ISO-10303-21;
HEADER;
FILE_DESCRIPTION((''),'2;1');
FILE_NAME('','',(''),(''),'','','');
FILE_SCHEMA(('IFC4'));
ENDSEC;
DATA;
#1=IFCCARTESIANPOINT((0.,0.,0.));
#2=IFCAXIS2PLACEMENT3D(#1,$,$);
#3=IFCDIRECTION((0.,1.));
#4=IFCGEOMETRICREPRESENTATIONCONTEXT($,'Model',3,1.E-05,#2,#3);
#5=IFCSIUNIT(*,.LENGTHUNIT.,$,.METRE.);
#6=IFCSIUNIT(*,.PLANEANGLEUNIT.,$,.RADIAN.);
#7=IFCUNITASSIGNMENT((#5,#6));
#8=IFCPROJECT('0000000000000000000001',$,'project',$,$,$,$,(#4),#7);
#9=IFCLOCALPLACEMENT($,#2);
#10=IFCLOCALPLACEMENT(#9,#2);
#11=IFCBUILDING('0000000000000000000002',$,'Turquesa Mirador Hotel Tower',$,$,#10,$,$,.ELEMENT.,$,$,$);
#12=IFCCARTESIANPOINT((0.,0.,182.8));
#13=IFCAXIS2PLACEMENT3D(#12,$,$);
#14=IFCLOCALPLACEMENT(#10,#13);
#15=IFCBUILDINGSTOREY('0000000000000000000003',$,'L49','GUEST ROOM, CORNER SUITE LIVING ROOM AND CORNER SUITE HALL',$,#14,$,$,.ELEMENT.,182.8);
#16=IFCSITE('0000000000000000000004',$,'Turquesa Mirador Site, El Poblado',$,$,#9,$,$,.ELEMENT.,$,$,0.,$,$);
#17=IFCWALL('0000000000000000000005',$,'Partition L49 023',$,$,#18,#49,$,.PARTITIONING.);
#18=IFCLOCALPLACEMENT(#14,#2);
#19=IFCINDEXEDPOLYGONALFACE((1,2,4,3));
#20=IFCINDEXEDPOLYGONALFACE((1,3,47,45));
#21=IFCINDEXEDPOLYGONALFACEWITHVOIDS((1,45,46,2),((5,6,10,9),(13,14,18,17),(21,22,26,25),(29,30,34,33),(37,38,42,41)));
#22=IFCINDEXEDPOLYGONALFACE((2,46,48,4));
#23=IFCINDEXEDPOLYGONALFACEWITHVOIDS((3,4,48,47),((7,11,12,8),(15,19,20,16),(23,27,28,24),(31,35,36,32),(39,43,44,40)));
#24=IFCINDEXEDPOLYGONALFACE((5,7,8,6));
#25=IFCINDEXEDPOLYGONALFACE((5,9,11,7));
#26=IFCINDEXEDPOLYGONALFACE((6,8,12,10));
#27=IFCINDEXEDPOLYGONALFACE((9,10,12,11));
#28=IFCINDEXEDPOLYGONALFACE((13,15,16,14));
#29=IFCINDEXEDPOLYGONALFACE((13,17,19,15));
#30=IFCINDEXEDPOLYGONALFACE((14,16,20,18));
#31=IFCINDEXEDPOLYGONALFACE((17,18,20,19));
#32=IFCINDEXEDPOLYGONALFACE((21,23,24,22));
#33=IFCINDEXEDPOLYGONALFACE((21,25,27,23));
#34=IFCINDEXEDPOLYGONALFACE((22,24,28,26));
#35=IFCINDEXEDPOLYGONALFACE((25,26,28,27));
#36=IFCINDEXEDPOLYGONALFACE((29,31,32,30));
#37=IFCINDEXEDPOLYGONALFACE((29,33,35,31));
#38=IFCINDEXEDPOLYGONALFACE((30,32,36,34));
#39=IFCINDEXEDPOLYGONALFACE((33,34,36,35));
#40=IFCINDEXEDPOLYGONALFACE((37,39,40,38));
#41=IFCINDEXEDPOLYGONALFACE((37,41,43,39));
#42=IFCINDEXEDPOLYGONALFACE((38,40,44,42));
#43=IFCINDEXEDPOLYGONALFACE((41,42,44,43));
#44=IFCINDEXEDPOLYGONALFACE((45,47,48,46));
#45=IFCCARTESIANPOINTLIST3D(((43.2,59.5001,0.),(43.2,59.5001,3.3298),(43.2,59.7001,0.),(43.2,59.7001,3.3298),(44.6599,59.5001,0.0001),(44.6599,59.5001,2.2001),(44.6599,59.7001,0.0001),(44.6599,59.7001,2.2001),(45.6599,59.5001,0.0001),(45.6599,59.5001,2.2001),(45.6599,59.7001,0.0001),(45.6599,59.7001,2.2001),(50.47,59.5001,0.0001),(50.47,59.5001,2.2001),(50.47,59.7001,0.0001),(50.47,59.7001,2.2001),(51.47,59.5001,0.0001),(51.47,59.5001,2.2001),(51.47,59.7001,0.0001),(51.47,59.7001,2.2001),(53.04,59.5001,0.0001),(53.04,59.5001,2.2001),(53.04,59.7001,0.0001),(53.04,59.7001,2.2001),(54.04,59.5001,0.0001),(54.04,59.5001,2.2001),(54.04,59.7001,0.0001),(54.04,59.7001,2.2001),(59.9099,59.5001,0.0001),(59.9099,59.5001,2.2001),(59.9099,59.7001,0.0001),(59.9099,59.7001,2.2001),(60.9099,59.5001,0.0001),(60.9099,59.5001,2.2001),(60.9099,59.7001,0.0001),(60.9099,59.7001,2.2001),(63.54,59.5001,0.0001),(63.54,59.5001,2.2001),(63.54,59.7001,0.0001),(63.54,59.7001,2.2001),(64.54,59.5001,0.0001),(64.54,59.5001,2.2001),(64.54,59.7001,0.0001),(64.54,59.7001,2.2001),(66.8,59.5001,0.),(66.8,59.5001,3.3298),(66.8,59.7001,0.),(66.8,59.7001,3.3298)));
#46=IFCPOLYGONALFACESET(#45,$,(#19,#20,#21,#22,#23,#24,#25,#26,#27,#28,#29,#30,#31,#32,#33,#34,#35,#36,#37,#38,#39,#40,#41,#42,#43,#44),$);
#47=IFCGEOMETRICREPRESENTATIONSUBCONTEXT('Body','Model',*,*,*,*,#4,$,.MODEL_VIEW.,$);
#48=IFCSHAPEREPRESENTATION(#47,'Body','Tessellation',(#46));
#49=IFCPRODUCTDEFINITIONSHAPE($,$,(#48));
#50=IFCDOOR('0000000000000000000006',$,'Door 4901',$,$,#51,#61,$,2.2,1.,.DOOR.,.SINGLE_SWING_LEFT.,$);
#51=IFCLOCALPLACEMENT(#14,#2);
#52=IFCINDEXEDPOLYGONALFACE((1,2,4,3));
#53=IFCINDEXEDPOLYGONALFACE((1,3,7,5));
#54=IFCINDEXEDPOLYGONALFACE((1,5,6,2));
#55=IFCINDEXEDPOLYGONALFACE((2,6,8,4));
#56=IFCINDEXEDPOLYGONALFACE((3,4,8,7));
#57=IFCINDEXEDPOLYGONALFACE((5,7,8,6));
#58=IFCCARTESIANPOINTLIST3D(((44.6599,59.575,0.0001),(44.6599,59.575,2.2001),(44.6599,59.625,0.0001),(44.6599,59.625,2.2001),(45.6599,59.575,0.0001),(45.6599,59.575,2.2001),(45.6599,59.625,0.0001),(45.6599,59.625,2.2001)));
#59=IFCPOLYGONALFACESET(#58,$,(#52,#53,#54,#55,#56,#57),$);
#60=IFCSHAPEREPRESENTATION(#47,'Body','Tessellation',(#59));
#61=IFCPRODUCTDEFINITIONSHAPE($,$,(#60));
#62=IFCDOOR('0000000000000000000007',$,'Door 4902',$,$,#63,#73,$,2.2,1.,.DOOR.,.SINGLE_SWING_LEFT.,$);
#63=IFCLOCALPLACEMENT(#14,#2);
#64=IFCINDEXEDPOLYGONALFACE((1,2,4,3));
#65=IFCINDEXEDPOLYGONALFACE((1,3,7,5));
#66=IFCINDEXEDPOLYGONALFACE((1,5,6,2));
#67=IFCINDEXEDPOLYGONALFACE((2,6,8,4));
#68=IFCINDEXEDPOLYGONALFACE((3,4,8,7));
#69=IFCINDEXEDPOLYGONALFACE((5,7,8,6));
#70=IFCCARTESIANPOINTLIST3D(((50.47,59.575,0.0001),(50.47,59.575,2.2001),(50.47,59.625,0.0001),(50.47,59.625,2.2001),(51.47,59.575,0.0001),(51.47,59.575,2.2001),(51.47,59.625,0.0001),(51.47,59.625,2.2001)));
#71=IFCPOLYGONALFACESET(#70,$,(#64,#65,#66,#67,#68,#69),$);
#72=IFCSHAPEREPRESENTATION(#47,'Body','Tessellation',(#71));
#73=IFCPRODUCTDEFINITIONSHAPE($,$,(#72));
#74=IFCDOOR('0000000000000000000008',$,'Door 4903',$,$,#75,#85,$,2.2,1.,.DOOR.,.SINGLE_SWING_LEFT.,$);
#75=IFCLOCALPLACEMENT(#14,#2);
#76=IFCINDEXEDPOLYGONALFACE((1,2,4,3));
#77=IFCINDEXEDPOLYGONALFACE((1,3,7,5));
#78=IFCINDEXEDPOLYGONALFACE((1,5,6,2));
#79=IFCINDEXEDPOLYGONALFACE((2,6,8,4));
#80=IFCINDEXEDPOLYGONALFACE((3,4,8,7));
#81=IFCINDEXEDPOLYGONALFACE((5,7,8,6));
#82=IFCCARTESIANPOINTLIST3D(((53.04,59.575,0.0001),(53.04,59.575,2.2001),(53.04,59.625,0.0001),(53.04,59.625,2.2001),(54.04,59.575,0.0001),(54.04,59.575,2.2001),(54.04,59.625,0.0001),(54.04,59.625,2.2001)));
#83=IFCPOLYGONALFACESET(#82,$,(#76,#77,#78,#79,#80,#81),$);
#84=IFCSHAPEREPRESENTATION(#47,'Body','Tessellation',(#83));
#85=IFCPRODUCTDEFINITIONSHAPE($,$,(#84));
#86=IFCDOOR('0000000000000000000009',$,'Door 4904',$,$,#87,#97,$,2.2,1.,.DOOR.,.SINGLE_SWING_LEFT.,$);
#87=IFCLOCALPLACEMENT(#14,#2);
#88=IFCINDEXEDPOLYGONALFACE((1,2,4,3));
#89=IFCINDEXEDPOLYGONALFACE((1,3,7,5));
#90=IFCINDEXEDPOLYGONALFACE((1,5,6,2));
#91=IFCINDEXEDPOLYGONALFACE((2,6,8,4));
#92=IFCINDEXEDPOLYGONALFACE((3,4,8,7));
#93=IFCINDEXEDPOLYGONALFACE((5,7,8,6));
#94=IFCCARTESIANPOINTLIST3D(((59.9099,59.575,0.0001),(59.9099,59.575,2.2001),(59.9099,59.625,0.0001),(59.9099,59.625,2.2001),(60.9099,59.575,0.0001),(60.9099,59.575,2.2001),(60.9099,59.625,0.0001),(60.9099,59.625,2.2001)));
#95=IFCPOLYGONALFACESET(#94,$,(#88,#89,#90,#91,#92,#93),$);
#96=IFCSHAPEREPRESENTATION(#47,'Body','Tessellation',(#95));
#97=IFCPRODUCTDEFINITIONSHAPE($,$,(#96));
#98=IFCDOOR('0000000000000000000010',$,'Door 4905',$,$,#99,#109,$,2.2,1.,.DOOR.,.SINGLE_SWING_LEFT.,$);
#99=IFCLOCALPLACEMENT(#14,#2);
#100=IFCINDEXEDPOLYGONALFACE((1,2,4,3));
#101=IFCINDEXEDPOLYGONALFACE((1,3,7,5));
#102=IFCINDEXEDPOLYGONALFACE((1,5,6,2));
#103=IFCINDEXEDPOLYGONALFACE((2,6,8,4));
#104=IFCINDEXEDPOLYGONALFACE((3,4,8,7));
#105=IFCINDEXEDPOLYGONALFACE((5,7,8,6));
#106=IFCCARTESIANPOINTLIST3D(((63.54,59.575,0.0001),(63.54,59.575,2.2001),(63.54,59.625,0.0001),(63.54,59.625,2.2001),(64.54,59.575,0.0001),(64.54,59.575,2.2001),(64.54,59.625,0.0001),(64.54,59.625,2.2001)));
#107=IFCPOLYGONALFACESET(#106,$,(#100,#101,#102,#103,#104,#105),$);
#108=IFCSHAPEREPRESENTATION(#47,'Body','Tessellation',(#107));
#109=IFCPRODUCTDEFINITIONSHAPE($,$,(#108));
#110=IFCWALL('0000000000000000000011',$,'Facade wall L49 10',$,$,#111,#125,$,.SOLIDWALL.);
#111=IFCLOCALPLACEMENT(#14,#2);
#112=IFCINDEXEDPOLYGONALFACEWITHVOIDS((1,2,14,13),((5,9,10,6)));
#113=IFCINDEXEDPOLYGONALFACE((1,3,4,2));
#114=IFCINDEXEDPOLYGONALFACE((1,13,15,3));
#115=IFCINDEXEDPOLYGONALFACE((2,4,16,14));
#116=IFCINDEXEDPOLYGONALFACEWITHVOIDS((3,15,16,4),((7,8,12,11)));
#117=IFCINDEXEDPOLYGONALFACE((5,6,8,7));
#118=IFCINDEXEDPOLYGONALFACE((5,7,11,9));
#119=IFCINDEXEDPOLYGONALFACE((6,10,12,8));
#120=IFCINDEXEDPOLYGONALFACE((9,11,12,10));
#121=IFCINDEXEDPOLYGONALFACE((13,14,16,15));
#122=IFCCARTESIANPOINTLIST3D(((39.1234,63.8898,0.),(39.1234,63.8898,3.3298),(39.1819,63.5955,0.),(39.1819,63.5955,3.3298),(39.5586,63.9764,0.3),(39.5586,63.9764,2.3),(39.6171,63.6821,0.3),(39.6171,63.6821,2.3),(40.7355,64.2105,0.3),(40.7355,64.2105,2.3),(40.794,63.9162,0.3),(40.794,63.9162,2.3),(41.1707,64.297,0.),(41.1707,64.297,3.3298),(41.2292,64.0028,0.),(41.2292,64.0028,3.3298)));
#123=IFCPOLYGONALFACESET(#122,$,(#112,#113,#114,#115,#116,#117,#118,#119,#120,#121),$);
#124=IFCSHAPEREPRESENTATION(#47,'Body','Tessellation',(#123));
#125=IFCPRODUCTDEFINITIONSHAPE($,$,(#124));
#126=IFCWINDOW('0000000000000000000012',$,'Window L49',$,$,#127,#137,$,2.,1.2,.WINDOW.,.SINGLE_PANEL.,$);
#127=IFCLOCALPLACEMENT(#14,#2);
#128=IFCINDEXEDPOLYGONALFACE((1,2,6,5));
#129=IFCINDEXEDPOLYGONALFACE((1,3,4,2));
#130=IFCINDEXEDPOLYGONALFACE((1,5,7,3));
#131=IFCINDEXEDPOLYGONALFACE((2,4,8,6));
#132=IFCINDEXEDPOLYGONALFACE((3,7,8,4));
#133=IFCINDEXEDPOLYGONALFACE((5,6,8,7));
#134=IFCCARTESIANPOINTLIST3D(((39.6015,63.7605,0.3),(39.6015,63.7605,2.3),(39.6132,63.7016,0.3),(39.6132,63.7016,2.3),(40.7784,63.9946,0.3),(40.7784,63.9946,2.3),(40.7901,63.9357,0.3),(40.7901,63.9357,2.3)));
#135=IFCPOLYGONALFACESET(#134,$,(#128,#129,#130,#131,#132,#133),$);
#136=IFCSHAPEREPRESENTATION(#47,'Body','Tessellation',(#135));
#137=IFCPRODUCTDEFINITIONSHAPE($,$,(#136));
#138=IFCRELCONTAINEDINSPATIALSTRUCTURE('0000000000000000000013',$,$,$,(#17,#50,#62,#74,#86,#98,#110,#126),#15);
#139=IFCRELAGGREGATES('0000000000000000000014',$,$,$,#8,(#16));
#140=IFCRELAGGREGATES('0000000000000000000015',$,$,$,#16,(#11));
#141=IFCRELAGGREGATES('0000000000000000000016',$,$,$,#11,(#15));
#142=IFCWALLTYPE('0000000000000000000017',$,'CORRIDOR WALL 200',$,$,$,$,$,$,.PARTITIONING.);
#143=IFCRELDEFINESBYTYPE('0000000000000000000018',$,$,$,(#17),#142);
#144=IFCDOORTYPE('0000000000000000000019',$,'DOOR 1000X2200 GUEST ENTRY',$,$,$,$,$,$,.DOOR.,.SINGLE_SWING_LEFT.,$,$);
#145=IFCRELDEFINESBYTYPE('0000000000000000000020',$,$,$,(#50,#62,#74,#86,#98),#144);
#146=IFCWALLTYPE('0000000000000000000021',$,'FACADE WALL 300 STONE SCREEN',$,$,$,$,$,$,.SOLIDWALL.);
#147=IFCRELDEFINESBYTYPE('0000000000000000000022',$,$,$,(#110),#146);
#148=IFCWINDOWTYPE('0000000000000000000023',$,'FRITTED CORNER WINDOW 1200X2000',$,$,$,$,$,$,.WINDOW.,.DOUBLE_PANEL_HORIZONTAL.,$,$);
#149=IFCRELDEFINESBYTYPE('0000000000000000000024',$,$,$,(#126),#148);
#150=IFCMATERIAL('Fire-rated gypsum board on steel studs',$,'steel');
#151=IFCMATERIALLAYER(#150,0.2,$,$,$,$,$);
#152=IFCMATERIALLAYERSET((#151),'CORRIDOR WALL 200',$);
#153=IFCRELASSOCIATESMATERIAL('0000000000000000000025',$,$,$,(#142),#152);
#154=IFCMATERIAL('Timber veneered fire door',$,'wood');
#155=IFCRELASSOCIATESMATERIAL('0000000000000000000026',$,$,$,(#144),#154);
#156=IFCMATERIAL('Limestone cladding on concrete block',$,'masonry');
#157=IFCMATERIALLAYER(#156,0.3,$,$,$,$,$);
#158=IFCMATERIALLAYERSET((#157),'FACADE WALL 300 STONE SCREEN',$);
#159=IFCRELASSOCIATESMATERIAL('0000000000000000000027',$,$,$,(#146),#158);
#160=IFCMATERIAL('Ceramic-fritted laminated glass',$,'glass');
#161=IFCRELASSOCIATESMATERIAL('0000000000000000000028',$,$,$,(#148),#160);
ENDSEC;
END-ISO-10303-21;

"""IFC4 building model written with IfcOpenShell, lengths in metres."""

from ifc_helpers import new_model, si_unit, direction, frame, frame_2d, origin, place, context, subcontext, project, spatial, rectangle, extrude, material, layer, layer_set, type_object, element, fill, save


model = new_model("IFC4")

# Units and contexts
model_context = context("Model", 3, precision=1e-05, world=origin(), true_north=direction((0.0, 1.0)))
body_context = subcontext(model_context, "Body", "Model", "MODEL_VIEW")
ifc_project = project(units=[si_unit("LENGTHUNIT", "METRE"), si_unit("PLANEANGLEUNIT", "RADIAN")], contexts=[model_context])

# Site, building, storey
site_placement = place(None, origin())
site = spatial("IfcSite", under=ifc_project, at=site_placement, Name="Turquesa Mirador Site, El Poblado", CompositionType="ELEMENT", RefElevation=0.0)
building_placement = place(site_placement, origin())
building = spatial("IfcBuilding", under=site, at=building_placement, Name="Turquesa Mirador Hotel Tower", CompositionType="ELEMENT")
storey_placement = place(building_placement, frame((0.0, 0.0, 182.8)))
storey = spatial("IfcBuildingStorey", under=building, at=storey_placement, Name="L49", Description="GUEST ROOM, CORNER SUITE LIVING ROOM AND CORNER SUITE HALL", CompositionType="ELEMENT", Elevation=182.8)

# Wall, openings, doors
ifc_material_1 = material(Name="Fire-rated gypsum board on steel studs", Category="steel")
ifc_layer_1 = layer(ifc_material_1, 0.2)
ifc_layer_set_1 = layer_set([ifc_layer_1], Name="CORRIDOR WALL 200")
wall_type_1 = type_object("IfcWallType", Name="CORRIDOR WALL 200", PredefinedType="PARTITIONING", material=ifc_layer_set_1)
wall_1_placement = place(storey_placement, frame((43.2, 59.6001, 0.0), z_axis=(0.0, 0.0, 1.0), x_axis=(1.0, 0.0, 0.0)))
wall_1 = element("IfcWall", 1, at=wall_1_placement, inside=storey, type_object=wall_type_1, Name="Partition L49 023", PredefinedType="PARTITIONING", context=body_context, shape_type="SweptSolid", body=[
    extrude(rectangle(XDim=23.6001, YDim=0.2, at=frame_2d((11.8, 0.0))), origin(), (0.0, 0.0, 1.0), 3.3298),
])
opening_1_placement = place(wall_1_placement, frame((1.46, 0.0, 0.0)))
opening_1 = element("IfcOpeningElement", 2, at=opening_1_placement, cuts=wall_1, PredefinedType="OPENING", context=body_context, shape_type="SweptSolid", body=[
    extrude(rectangle(XDim=1.0, YDim=2.2, at=frame_2d((0.5, 1.1001))), frame((0.0, 0.1099, 0.0), z_axis=(0.0, -1.0, 0.0), x_axis=(1.0, 0.0, 0.0)), (0.0, 0.0, 1.0), 0.22),
])
opening_2_placement = place(wall_1_placement, frame((7.27, 0.0, 0.0)))
opening_2 = element("IfcOpeningElement", 3, at=opening_2_placement, cuts=wall_1, PredefinedType="OPENING", context=body_context, shape_type="SweptSolid", body=[
    extrude(rectangle(XDim=1.0, YDim=2.2, at=frame_2d((0.5, 1.1001))), frame((0.0, 0.1099, 0.0), z_axis=(0.0, -1.0, 0.0), x_axis=(1.0, 0.0, 0.0)), (0.0, 0.0, 1.0), 0.22),
])
opening_3_placement = place(wall_1_placement, frame((9.8401, 0.0, 0.0)))
opening_3 = element("IfcOpeningElement", 4, at=opening_3_placement, cuts=wall_1, PredefinedType="OPENING", context=body_context, shape_type="SweptSolid", body=[
    extrude(rectangle(XDim=1.0, YDim=2.2, at=frame_2d((0.5, 1.1001))), frame((0.0, 0.1099, 0.0), z_axis=(0.0, -1.0, 0.0), x_axis=(1.0, 0.0, 0.0)), (0.0, 0.0, 1.0), 0.22),
])
opening_4_placement = place(wall_1_placement, frame((16.71, 0.0, 0.0)))
opening_4 = element("IfcOpeningElement", 5, at=opening_4_placement, cuts=wall_1, PredefinedType="OPENING", context=body_context, shape_type="SweptSolid", body=[
    extrude(rectangle(XDim=1.0, YDim=2.2, at=frame_2d((0.5, 1.1001))), frame((0.0, 0.1099, 0.0), z_axis=(0.0, -1.0, 0.0), x_axis=(1.0, 0.0, 0.0)), (0.0, 0.0, 1.0), 0.22),
])
opening_5_placement = place(wall_1_placement, frame((20.3401, 0.0, 0.0)))
opening_5 = element("IfcOpeningElement", 6, at=opening_5_placement, cuts=wall_1, PredefinedType="OPENING", context=body_context, shape_type="SweptSolid", body=[
    extrude(rectangle(XDim=1.0, YDim=2.2, at=frame_2d((0.5, 1.1001))), frame((0.0, 0.1099, 0.0), z_axis=(0.0, -1.0, 0.0), x_axis=(1.0, 0.0, 0.0)), (0.0, 0.0, 1.0), 0.22),
])
ifc_material_2 = material(Name="Timber veneered fire door", Category="wood")
door_type = type_object("IfcDoorType", Name="DOOR 1000X2200 GUEST ENTRY", OperationType="SINGLE_SWING_LEFT", PredefinedType="DOOR", material=ifc_material_2)
door_1_placement = place(opening_1_placement, origin())
door_1 = element("IfcDoor", 7, at=door_1_placement, inside=storey, type_object=door_type, Name="Door 4901", OperationType="SINGLE_SWING_LEFT", OverallHeight=2.2, OverallWidth=1.0, PredefinedType="DOOR", context=body_context, shape_type="SweptSolid", body=[
    extrude(rectangle(XDim=1.0, YDim=2.2, at=frame_2d((0.5, 1.1001))), frame((0.0, 0.0249, 0.0), z_axis=(0.0, -1.0, 0.0), x_axis=(1.0, 0.0, 0.0)), (0.0, 0.0, 1.0), 0.05),
])
fill(opening_1, door_1)
door_2_placement = place(opening_2_placement, origin())
door_2 = element("IfcDoor", 8, at=door_2_placement, inside=storey, type_object=door_type, Name="Door 4902", OperationType="SINGLE_SWING_LEFT", OverallHeight=2.2, OverallWidth=1.0, PredefinedType="DOOR", context=body_context, shape_type="SweptSolid", body=[
    extrude(rectangle(XDim=1.0, YDim=2.2, at=frame_2d((0.5, 1.1001))), frame((0.0, 0.0249, 0.0), z_axis=(0.0, -1.0, 0.0), x_axis=(1.0, 0.0, 0.0)), (0.0, 0.0, 1.0), 0.05),
])
fill(opening_2, door_2)
door_3_placement = place(opening_3_placement, origin())
door_3 = element("IfcDoor", 9, at=door_3_placement, inside=storey, type_object=door_type, Name="Door 4903", OperationType="SINGLE_SWING_LEFT", OverallHeight=2.2, OverallWidth=1.0, PredefinedType="DOOR", context=body_context, shape_type="SweptSolid", body=[
    extrude(rectangle(XDim=1.0, YDim=2.2, at=frame_2d((0.5, 1.1001))), frame((0.0, 0.0249, 0.0), z_axis=(0.0, -1.0, 0.0), x_axis=(1.0, 0.0, 0.0)), (0.0, 0.0, 1.0), 0.05),
])
fill(opening_3, door_3)
door_4_placement = place(opening_4_placement, origin())
door_4 = element("IfcDoor", 10, at=door_4_placement, inside=storey, type_object=door_type, Name="Door 4904", OperationType="SINGLE_SWING_LEFT", OverallHeight=2.2, OverallWidth=1.0, PredefinedType="DOOR", context=body_context, shape_type="SweptSolid", body=[
    extrude(rectangle(XDim=1.0, YDim=2.2, at=frame_2d((0.5, 1.1001))), frame((0.0, 0.0249, 0.0), z_axis=(0.0, -1.0, 0.0), x_axis=(1.0, 0.0, 0.0)), (0.0, 0.0, 1.0), 0.05),
])
fill(opening_4, door_4)
door_5_placement = place(opening_5_placement, origin())
door_5 = element("IfcDoor", 11, at=door_5_placement, inside=storey, type_object=door_type, Name="Door 4905", OperationType="SINGLE_SWING_LEFT", OverallHeight=2.2, OverallWidth=1.0, PredefinedType="DOOR", context=body_context, shape_type="SweptSolid", body=[
    extrude(rectangle(XDim=1.0, YDim=2.2, at=frame_2d((0.5, 1.1001))), frame((0.0, 0.0249, 0.0), z_axis=(0.0, -1.0, 0.0), x_axis=(1.0, 0.0, 0.0)), (0.0, 0.0, 1.0), 0.05),
])
fill(opening_5, door_5)

# Wall, opening, window
ifc_material_3 = material(Name="Limestone cladding on concrete block", Category="masonry")
ifc_layer_2 = layer(ifc_material_3, 0.3)
ifc_layer_set_2 = layer_set([ifc_layer_2], Name="FACADE WALL 300 STONE SCREEN")
wall_type_2 = type_object("IfcWallType", Name="FACADE WALL 300 STONE SCREEN", PredefinedType="SOLIDWALL", material=ifc_layer_set_2)
wall_2_placement = place(storey_placement, frame((41.2, 64.1499, 0.0), z_axis=(0.0, 0.0, 1.0), x_axis=(-0.980787, -0.195081, 0.0)))
wall_2 = element("IfcWall", 12, at=wall_2_placement, inside=storey, type_object=wall_type_2, Name="Facade wall L49 10", PredefinedType="SOLIDWALL", context=body_context, shape_type="SweptSolid", body=[
    extrude(rectangle(XDim=2.0874, YDim=0.3, at=frame_2d((1.0437, 0.0))), origin(), (0.0, 0.0, 1.0), 3.3298),
])
opening_6_placement = place(wall_2_placement, frame((0.4436, 0.0, 0.3)))
opening_6 = element("IfcOpeningElement", 13, at=opening_6_placement, cuts=wall_2, PredefinedType="OPENING", context=body_context, shape_type="SweptSolid", body=[
    extrude(rectangle(XDim=1.2, YDim=2.0, at=frame_2d((0.6001, 1.0))), frame((0.0, 0.1599, 0.0), z_axis=(0.0, -1.0, 0.0), x_axis=(1.0, 0.0, 0.0)), (0.0, 0.0, 1.0), 0.3201),
])
ifc_material_4 = material(Name="Ceramic-fritted laminated glass", Category="glass")
window_type = type_object("IfcWindowType", Name="FRITTED CORNER WINDOW 1200X2000", PartitioningType="DOUBLE_PANEL_HORIZONTAL", PredefinedType="WINDOW", material=ifc_material_4)
window_1_placement = place(opening_6_placement, origin())
window_1 = element("IfcWindow", 14, at=window_1_placement, inside=storey, type_object=window_type, Name="Window L49", OverallHeight=2.0, OverallWidth=1.2, PartitioningType="SINGLE_PANEL", PredefinedType="WINDOW", context=body_context, shape_type="SweptSolid", body=[
    extrude(rectangle(XDim=1.2, YDim=2.0, at=frame_2d((0.6001, 1.0))), frame((0.0, 0.1301, 0.0), z_axis=(0.0, -1.0, 0.0), x_axis=(1.0, 0.0, 0.0)), (0.0, 0.0, 1.0), 0.0601),
])
fill(opening_6, window_1)

save(model, "model.ifc")
